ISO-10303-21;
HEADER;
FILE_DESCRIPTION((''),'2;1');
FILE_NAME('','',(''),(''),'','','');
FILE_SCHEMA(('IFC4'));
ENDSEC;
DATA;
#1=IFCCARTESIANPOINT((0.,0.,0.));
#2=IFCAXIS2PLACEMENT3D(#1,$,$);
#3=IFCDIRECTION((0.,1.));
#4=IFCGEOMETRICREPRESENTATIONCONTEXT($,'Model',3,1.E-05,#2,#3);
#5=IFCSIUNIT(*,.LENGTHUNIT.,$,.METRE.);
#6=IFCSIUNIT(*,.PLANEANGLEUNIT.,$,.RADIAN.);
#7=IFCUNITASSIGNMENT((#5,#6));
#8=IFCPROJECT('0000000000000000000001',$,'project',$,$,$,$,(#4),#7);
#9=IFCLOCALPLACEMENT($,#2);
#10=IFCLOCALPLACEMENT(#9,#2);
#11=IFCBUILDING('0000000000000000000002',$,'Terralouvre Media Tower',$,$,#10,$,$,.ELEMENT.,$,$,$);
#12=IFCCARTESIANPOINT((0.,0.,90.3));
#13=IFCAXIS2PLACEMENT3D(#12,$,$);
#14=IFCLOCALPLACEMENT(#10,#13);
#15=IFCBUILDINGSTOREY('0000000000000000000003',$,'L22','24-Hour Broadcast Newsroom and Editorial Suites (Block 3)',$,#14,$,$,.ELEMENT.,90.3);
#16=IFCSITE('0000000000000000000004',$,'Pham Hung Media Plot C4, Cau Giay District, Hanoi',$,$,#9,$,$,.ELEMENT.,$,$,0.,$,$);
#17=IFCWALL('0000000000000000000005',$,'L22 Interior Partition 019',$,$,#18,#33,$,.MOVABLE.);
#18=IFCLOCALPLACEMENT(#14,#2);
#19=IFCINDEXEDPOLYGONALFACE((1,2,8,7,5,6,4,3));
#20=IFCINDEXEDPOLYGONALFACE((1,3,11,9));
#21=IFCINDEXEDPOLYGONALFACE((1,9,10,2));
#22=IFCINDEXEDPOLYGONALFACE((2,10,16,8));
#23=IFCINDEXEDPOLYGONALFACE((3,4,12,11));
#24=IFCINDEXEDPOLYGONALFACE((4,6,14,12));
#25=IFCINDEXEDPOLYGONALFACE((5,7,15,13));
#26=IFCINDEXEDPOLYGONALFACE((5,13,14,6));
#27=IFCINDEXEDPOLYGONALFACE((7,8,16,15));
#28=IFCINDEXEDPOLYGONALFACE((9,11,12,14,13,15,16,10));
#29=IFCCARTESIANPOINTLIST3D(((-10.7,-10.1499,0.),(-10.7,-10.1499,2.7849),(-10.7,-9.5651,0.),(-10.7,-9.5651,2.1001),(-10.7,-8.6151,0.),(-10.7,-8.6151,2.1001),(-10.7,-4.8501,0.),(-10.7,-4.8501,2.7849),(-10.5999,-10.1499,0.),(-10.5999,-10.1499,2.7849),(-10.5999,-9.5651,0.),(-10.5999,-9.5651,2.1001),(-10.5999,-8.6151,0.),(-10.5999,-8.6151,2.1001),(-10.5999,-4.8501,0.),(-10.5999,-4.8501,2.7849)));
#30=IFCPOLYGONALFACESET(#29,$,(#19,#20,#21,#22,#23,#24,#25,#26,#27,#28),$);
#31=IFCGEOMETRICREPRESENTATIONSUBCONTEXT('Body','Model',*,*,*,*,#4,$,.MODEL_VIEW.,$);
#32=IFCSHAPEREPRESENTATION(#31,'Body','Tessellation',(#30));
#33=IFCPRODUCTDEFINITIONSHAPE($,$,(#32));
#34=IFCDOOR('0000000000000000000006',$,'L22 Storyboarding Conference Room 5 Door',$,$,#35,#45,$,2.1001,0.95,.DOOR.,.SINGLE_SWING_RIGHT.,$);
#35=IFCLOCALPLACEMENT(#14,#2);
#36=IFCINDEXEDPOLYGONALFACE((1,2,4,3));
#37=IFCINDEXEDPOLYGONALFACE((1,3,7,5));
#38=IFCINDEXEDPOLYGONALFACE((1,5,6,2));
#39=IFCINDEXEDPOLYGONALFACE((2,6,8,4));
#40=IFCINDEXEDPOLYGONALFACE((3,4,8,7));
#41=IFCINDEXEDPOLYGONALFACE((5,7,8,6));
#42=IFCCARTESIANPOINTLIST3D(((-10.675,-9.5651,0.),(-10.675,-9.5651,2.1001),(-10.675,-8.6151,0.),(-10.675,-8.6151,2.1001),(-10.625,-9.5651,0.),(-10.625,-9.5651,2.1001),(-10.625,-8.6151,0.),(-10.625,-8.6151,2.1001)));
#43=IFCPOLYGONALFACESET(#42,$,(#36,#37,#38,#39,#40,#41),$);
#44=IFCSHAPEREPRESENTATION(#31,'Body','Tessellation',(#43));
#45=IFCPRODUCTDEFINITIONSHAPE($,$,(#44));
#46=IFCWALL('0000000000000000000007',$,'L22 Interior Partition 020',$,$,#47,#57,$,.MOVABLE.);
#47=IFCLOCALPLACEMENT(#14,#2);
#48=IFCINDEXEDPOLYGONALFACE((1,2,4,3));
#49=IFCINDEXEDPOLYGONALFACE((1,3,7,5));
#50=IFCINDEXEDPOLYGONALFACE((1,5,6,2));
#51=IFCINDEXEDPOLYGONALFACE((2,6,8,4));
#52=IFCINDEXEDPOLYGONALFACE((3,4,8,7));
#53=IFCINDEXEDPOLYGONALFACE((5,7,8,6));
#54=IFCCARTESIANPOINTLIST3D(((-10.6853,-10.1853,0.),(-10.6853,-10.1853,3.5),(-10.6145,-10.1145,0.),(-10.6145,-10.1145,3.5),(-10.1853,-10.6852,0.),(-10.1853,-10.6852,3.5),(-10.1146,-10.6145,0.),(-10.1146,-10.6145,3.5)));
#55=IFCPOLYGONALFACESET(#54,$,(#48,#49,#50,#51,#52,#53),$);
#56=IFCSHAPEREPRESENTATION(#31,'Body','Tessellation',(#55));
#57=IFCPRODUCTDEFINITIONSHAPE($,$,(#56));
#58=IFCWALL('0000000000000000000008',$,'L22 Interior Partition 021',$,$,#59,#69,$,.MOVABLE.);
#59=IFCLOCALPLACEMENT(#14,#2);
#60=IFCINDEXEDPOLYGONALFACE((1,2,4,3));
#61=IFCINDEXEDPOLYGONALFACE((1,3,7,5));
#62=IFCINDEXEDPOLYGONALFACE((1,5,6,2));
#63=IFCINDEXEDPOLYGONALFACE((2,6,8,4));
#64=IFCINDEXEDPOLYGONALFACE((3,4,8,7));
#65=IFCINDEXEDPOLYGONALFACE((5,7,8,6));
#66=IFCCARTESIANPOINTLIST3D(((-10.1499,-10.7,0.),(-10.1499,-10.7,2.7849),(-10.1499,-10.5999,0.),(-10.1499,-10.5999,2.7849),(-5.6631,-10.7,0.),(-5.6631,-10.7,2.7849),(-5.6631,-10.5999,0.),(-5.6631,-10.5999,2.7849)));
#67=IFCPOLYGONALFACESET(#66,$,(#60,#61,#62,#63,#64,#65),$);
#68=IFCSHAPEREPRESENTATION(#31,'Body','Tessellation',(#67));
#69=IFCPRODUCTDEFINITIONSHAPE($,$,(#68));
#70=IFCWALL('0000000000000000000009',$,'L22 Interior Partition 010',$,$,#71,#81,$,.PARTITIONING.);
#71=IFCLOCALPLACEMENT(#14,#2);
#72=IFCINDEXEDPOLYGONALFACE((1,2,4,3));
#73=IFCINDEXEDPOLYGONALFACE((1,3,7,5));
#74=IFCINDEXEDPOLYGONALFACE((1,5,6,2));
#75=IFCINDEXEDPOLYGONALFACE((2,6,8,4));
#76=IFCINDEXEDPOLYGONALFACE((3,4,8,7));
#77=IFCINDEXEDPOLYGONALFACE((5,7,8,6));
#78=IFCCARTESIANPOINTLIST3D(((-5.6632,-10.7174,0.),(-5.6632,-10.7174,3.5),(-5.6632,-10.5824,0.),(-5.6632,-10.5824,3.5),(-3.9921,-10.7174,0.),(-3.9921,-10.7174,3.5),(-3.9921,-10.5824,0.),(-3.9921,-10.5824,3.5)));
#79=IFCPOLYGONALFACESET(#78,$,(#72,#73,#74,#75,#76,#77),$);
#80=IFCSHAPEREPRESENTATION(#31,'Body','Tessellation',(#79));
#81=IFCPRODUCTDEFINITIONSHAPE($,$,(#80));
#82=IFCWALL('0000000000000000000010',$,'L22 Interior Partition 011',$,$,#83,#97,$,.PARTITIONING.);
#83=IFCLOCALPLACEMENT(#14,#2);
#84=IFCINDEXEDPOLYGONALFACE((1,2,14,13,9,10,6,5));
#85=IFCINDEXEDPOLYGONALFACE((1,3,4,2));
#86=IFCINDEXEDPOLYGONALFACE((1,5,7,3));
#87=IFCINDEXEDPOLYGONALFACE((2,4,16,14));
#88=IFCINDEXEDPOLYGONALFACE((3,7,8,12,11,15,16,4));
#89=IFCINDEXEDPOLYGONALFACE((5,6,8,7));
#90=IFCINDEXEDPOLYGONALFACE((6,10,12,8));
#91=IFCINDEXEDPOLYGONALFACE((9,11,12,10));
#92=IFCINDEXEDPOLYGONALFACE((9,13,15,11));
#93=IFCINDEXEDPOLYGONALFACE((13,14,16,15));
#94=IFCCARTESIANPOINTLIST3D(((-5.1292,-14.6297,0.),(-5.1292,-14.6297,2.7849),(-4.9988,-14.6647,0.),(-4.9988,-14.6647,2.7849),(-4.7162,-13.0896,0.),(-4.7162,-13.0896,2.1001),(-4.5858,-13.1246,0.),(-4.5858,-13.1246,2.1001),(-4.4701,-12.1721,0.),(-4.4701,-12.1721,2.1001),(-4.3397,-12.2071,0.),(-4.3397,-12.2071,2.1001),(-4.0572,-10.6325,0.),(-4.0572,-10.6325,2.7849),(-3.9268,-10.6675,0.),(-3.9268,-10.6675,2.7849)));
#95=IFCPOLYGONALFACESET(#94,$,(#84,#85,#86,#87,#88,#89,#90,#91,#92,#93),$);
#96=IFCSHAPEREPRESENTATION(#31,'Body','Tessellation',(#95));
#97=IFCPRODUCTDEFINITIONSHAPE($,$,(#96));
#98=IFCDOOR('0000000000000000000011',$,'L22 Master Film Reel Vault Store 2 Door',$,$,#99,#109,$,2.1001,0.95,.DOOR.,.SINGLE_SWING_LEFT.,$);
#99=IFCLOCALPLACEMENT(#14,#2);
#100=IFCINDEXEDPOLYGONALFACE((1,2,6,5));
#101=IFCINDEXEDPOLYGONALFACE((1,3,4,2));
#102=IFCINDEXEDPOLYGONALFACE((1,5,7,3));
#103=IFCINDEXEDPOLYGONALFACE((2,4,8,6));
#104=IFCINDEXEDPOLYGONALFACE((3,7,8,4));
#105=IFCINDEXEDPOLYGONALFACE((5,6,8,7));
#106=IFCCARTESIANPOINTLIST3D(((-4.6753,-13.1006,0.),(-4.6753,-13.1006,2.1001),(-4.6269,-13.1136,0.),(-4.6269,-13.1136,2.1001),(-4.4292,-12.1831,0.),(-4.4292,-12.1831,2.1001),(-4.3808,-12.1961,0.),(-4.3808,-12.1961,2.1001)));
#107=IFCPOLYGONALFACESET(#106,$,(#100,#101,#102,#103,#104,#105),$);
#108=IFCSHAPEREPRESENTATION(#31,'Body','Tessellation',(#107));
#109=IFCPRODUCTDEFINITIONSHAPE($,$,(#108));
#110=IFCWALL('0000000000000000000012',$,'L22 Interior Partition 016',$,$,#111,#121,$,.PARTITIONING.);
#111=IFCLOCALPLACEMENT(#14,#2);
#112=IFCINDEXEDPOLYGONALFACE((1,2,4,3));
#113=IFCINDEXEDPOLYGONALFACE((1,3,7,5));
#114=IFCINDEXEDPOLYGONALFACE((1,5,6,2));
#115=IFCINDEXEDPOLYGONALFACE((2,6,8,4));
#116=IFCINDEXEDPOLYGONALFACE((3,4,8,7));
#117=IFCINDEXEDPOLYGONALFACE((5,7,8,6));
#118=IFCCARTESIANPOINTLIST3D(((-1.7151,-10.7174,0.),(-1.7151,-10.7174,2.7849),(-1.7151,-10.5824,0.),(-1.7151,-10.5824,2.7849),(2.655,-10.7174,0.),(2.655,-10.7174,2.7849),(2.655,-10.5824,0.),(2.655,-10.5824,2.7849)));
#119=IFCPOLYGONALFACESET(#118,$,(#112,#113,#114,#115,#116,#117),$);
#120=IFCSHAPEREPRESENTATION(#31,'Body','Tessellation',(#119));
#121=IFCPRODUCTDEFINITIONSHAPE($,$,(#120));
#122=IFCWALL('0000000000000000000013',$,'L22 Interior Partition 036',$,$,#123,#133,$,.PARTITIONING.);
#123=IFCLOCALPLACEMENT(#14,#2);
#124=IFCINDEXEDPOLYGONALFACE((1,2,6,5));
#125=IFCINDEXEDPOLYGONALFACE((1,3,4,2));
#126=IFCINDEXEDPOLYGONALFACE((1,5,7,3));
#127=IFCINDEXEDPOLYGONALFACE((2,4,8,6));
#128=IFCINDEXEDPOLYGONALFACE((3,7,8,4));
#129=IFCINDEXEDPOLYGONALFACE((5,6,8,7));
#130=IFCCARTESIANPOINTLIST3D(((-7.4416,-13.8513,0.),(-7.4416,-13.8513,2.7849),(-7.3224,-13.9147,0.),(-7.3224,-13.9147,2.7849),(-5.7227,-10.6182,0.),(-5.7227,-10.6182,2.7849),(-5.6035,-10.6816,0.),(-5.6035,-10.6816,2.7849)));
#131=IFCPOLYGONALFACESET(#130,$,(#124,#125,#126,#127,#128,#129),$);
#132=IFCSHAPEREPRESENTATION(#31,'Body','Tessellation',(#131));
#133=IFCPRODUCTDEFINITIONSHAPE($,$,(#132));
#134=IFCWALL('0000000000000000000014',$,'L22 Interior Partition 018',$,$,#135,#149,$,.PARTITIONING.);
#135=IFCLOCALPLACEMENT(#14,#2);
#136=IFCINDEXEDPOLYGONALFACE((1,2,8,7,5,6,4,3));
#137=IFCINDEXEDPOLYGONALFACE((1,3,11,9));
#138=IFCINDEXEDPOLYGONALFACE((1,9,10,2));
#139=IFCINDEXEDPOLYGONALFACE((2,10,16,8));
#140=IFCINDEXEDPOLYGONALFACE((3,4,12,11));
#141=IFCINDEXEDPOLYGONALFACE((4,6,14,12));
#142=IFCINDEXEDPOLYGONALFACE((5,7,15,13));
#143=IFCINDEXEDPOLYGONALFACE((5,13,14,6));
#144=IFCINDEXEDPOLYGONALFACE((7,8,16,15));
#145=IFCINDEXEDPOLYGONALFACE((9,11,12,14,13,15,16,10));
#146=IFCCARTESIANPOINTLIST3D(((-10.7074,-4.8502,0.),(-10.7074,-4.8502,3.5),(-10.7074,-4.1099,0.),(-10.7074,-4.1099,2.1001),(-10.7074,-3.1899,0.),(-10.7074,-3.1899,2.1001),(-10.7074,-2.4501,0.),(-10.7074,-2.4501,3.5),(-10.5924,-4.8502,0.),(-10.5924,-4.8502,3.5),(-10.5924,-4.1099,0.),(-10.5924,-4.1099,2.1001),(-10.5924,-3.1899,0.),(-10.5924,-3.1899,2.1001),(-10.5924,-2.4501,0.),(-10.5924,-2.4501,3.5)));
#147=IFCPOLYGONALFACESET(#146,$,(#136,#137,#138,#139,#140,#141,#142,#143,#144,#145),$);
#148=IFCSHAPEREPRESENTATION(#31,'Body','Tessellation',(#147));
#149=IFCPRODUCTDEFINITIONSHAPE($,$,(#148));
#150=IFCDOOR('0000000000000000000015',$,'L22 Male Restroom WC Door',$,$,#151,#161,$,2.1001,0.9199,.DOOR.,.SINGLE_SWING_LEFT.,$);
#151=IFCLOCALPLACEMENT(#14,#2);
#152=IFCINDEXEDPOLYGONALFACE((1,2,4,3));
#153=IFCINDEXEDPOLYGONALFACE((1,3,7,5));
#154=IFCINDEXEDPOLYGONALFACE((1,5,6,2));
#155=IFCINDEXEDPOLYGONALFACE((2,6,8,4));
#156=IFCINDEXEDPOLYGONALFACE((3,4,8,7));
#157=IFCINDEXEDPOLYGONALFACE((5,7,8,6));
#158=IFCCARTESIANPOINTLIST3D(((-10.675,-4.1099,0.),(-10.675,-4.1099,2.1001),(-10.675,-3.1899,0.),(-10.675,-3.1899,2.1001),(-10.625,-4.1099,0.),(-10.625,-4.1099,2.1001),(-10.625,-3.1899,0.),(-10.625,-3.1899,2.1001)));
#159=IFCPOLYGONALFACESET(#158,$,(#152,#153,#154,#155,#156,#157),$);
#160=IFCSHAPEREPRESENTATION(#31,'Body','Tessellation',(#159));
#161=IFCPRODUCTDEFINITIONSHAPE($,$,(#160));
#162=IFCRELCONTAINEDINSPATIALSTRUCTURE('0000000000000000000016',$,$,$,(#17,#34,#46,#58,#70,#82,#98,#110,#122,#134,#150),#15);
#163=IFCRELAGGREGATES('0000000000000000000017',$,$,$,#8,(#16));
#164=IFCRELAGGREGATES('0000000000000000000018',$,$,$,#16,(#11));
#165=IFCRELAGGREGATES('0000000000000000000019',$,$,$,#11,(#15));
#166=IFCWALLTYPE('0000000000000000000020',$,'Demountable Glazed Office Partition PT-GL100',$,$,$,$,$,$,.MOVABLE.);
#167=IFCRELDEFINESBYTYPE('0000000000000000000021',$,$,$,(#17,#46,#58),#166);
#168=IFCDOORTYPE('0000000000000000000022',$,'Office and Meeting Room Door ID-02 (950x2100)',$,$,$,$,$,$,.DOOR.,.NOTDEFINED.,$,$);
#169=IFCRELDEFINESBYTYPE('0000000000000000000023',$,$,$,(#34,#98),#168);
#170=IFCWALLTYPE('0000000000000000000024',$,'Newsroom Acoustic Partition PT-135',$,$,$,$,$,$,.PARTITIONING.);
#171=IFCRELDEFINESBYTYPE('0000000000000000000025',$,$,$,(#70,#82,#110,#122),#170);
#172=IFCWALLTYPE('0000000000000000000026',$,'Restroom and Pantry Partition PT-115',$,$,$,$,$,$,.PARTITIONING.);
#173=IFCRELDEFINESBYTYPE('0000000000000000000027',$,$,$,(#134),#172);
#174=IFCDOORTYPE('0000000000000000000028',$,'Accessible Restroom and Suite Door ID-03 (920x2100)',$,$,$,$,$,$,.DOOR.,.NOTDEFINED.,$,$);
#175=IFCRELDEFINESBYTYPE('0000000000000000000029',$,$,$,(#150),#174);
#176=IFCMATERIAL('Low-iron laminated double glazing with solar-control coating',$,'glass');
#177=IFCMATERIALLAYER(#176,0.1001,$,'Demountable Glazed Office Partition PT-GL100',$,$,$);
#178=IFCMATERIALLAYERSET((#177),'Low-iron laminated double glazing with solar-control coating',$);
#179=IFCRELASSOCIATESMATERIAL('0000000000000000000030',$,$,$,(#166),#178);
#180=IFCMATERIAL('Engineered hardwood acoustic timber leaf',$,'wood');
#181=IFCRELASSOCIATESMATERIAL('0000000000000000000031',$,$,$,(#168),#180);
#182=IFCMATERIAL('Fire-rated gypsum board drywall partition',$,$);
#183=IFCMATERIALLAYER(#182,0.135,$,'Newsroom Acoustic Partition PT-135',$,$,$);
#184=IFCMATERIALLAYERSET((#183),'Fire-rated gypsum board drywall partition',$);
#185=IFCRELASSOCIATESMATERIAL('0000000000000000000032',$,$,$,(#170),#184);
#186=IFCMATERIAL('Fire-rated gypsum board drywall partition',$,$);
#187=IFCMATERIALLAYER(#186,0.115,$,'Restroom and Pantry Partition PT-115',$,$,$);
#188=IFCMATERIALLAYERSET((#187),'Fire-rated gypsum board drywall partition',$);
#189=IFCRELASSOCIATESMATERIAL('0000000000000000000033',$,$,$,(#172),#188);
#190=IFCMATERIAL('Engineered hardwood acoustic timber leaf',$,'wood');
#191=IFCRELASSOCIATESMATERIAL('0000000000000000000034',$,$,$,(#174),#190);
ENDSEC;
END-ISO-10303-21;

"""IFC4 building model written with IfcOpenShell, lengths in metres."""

from ifc_helpers import new_model, si_unit, direction, frame, frame_2d, origin, place, context, subcontext, project, spatial, rectangle, extrude, material, layer, layer_set, type_object, element, fill, save


model = new_model("IFC4")

# Units and contexts
model_context = context("Model", 3, precision=1e-05, world=origin(), true_north=direction((0.0, 1.0)))
body_context = subcontext(model_context, "Body", "Model", "MODEL_VIEW")
ifc_project = project(units=[si_unit("LENGTHUNIT", "METRE"), si_unit("PLANEANGLEUNIT", "RADIAN")], contexts=[model_context])

# Site, building, storey
site_placement = place(None, origin())
site = spatial("IfcSite", under=ifc_project, at=site_placement, Name="Pham Hung Media Plot C4, Cau Giay District, Hanoi", CompositionType="ELEMENT", RefElevation=0.0)
building_placement = place(site_placement, origin())
building = spatial("IfcBuilding", under=site, at=building_placement, Name="Terralouvre Media Tower", CompositionType="ELEMENT")
storey_placement = place(building_placement, frame((0.0, 0.0, 90.3)))
storey = spatial("IfcBuildingStorey", under=building, at=storey_placement, Name="L22", Description="24-Hour Broadcast Newsroom and Editorial Suites (Block 3)", CompositionType="ELEMENT", Elevation=90.3)

# Wall, opening, door
ifc_material_1 = material(Name="Low-iron laminated double glazing with solar-control coating", Category="glass")
ifc_layer_1 = layer(ifc_material_1, 0.1001, Name="Demountable Glazed Office Partition PT-GL100")
ifc_layer_set_1 = layer_set([ifc_layer_1], Name="Low-iron laminated double glazing with solar-control coating")
wall_type_1 = type_object("IfcWallType", Name="Demountable Glazed Office Partition PT-GL100", PredefinedType="MOVABLE", material=ifc_layer_set_1)
wall_1_placement = place(storey_placement, frame((-10.6499, -4.8501, 0.0), z_axis=(0.0, 0.0, 1.0), x_axis=(0.0, -1.0, 0.0)))
wall_1 = element("IfcWall", 1, at=wall_1_placement, inside=storey, type_object=wall_type_1, Name="L22 Interior Partition 019", PredefinedType="MOVABLE", context=body_context, shape_type="SweptSolid", body=[
    extrude(rectangle(XDim=5.2998, YDim=0.1001, at=frame_2d((2.6499, 0.0))), origin(), (0.0, 0.0, 1.0), 2.7849),
])
opening_1_placement = place(wall_1_placement, frame((3.7649, 0.0, 0.0)))
opening_1 = element("IfcOpeningElement", 2, at=opening_1_placement, cuts=wall_1, PredefinedType="OPENING", context=body_context, shape_type="SweptSolid", body=[
    extrude(rectangle(XDim=0.95, YDim=2.1001, at=frame_2d((0.4751, 1.05))), frame((0.0, 0.0601, 0.0), z_axis=(0.0, -1.0, 0.0), x_axis=(1.0, 0.0, 0.0)), (0.0, 0.0, 1.0), 0.1201),
])
ifc_material_2 = material(Name="Engineered hardwood acoustic timber leaf", Category="wood")
door_type_1 = type_object("IfcDoorType", Name="Office and Meeting Room Door ID-02 (950x2100)", OperationType="NOTDEFINED", PredefinedType="DOOR", material=ifc_material_2)
door_1_placement = place(opening_1_placement, origin())
door_1 = element("IfcDoor", 3, at=door_1_placement, inside=storey, type_object=door_type_1, Name="L22 Storyboarding Conference Room 5 Door", OperationType="SINGLE_SWING_RIGHT", OverallHeight=2.1001, OverallWidth=0.95, PredefinedType="DOOR", context=body_context, shape_type="SweptSolid", body=[
    extrude(rectangle(XDim=0.95, YDim=2.1001, at=frame_2d((0.4751, 1.05))), frame((0.0, 0.0249, 0.0), z_axis=(0.0, -1.0, 0.0), x_axis=(1.0, 0.0, 0.0)), (0.0, 0.0, 1.0), 0.05),
])
fill(opening_1, door_1)

# Walls
wall_2_placement = place(storey_placement, frame((-10.6499, -10.1499, 0.0), z_axis=(0.0, 0.0, 1.0), x_axis=(0.707107, -0.707107, 0.0)))
element("IfcWall", 4, at=wall_2_placement, inside=storey, type_object=wall_type_1, Name="L22 Interior Partition 020", PredefinedType="MOVABLE", context=body_context, shape_type="SweptSolid", body=[
    extrude(rectangle(XDim=0.707, YDim=0.1001, at=frame_2d((0.3535, 0.0))), origin(), (0.0, 0.0, 1.0), 3.5),
])
wall_3_placement = place(storey_placement, frame((-10.1499, -10.6499, 0.0), z_axis=(0.0, 0.0, 1.0), x_axis=(1.0, 0.0, 0.0)))
element("IfcWall", 5, at=wall_3_placement, inside=storey, type_object=wall_type_1, Name="L22 Interior Partition 021", PredefinedType="MOVABLE", context=body_context, shape_type="SweptSolid", body=[
    extrude(rectangle(XDim=4.4868, YDim=0.1001, at=frame_2d((2.2434, 0.0))), origin(), (0.0, 0.0, 1.0), 2.7849),
])
ifc_material_3 = material(Name="Fire-rated gypsum board drywall partition")
ifc_layer_2 = layer(ifc_material_3, 0.135, Name="Newsroom Acoustic Partition PT-135")
ifc_layer_set_2 = layer_set([ifc_layer_2], Name="Fire-rated gypsum board drywall partition")
wall_type_2 = type_object("IfcWallType", Name="Newsroom Acoustic Partition PT-135", PredefinedType="PARTITIONING", material=ifc_layer_set_2)
wall_4_placement = place(storey_placement, frame((-5.6631, -10.6499, 0.0), z_axis=(0.0, 0.0, 1.0), x_axis=(1.0, 0.0, 0.0)))
element("IfcWall", 6, at=wall_4_placement, inside=storey, type_object=wall_type_2, Name="L22 Interior Partition 010", PredefinedType="PARTITIONING", context=body_context, shape_type="SweptSolid", body=[
    extrude(rectangle(XDim=1.6711, YDim=0.135, at=frame_2d((0.8354, 0.0))), origin(), (0.0, 0.0, 1.0), 3.5),
])

# Wall, opening, door
wall_5_placement = place(storey_placement, frame((-3.9919, -10.6499, 0.0), z_axis=(0.0, 0.0, 1.0), x_axis=(-0.259047, -0.965865, 0.0)))
wall_5 = element("IfcWall", 7, at=wall_5_placement, inside=storey, type_object=wall_type_2, Name="L22 Interior Partition 011", PredefinedType="PARTITIONING", context=body_context, shape_type="SweptSolid", body=[
    extrude(rectangle(XDim=4.1384, YDim=0.135, at=frame_2d((2.0693, 0.0))), origin(), (0.0, 0.0, 1.0), 2.7849),
])
opening_2_placement = place(wall_5_placement, frame((1.594, 0.0, 0.0)))
opening_2 = element("IfcOpeningElement", 8, at=opening_2_placement, cuts=wall_5, PredefinedType="OPENING", context=body_context, shape_type="SweptSolid", body=[
    extrude(rectangle(XDim=0.95, YDim=2.1001, at=frame_2d((0.4751, 1.05))), frame((0.0, 0.0774, 0.0), z_axis=(0.0, -1.0, 0.0), x_axis=(1.0, 0.0, 0.0)), (0.0, 0.0, 1.0), 0.155),
])
door_2_placement = place(opening_2_placement, origin())
door_2 = element("IfcDoor", 9, at=door_2_placement, inside=storey, type_object=door_type_1, Name="L22 Master Film Reel Vault Store 2 Door", OperationType="SINGLE_SWING_LEFT", OverallHeight=2.1001, OverallWidth=0.95, PredefinedType="DOOR", context=body_context, shape_type="SweptSolid", body=[
    extrude(rectangle(XDim=0.95, YDim=2.1001, at=frame_2d((0.4751, 1.05))), frame((0.0, 0.0249, 0.0), z_axis=(0.0, -1.0, 0.0), x_axis=(1.0, 0.0, 0.0)), (0.0, 0.0, 1.0), 0.05),
])
fill(opening_2, door_2)

# Walls
wall_6_placement = place(storey_placement, frame((-1.7151, -10.6499, 0.0), z_axis=(0.0, 0.0, 1.0), x_axis=(1.0, 0.0, 0.0)))
element("IfcWall", 10, at=wall_6_placement, inside=storey, type_object=wall_type_2, Name="L22 Interior Partition 016", PredefinedType="PARTITIONING", context=body_context, shape_type="SweptSolid", body=[
    extrude(rectangle(XDim=4.3701, YDim=0.135, at=frame_2d((2.1851, 0.0))), origin(), (0.0, 0.0, 1.0), 2.7849),
])
wall_7_placement = place(storey_placement, frame((-5.6631, -10.6499, 0.0), z_axis=(0.0, 0.0, 1.0), x_axis=(-0.469449, -0.882959, 0.0)))
element("IfcWall", 11, at=wall_7_placement, inside=storey, type_object=wall_type_2, Name="L22 Interior Partition 036", PredefinedType="PARTITIONING", context=body_context, shape_type="SweptSolid", body=[
    extrude(rectangle(XDim=3.6616, YDim=0.135, at=frame_2d((1.8308, 0.0))), origin(), (0.0, 0.0, 1.0), 2.7849),
])

# Wall, opening, door
ifc_material_4 = material(Name="Fire-rated gypsum board drywall partition")
ifc_layer_3 = layer(ifc_material_4, 0.115, Name="Restroom and Pantry Partition PT-115")
ifc_layer_set_3 = layer_set([ifc_layer_3], Name="Fire-rated gypsum board drywall partition")
wall_type_3 = type_object("IfcWallType", Name="Restroom and Pantry Partition PT-115", PredefinedType="PARTITIONING", material=ifc_layer_set_3)
wall_8_placement = place(storey_placement, frame((-10.6499, -2.45, 0.0), z_axis=(0.0, 0.0, 1.0), x_axis=(0.0, -1.0, 0.0)))
wall_8 = element("IfcWall", 12, at=wall_8_placement, inside=storey, type_object=wall_type_3, Name="L22 Interior Partition 018", PredefinedType="PARTITIONING", context=body_context, shape_type="SweptSolid", body=[
    extrude(rectangle(XDim=2.4001, YDim=0.115, at=frame_2d((1.2002, 0.0))), origin(), (0.0, 0.0, 1.0), 3.5),
])
opening_3_placement = place(wall_8_placement, frame((0.74, 0.0, 0.0)))
opening_3 = element("IfcOpeningElement", 13, at=opening_3_placement, cuts=wall_8, PredefinedType="OPENING", context=body_context, shape_type="SweptSolid", body=[
    extrude(rectangle(XDim=0.9199, YDim=2.1001, at=frame_2d((0.46, 1.05))), frame((0.0, 0.0674, 0.0), z_axis=(0.0, -1.0, 0.0), x_axis=(1.0, 0.0, 0.0)), (0.0, 0.0, 1.0), 0.135),
])
ifc_material_5 = material(Name="Engineered hardwood acoustic timber leaf", Category="wood")
door_type_2 = type_object("IfcDoorType", Name="Accessible Restroom and Suite Door ID-03 (920x2100)", OperationType="NOTDEFINED", PredefinedType="DOOR", material=ifc_material_5)
door_3_placement = place(opening_3_placement, origin())
door_3 = element("IfcDoor", 14, at=door_3_placement, inside=storey, type_object=door_type_2, Name="L22 Male Restroom WC Door", OperationType="SINGLE_SWING_LEFT", OverallHeight=2.1001, OverallWidth=0.9199, PredefinedType="DOOR", context=body_context, shape_type="SweptSolid", body=[
    extrude(rectangle(XDim=0.9199, YDim=2.1001, at=frame_2d((0.46, 1.05))), frame((0.0, 0.0249, 0.0), z_axis=(0.0, -1.0, 0.0), x_axis=(1.0, 0.0, 0.0)), (0.0, 0.0, 1.0), 0.05),
])
fill(opening_3, door_3)

save(model, "model.ifc")
